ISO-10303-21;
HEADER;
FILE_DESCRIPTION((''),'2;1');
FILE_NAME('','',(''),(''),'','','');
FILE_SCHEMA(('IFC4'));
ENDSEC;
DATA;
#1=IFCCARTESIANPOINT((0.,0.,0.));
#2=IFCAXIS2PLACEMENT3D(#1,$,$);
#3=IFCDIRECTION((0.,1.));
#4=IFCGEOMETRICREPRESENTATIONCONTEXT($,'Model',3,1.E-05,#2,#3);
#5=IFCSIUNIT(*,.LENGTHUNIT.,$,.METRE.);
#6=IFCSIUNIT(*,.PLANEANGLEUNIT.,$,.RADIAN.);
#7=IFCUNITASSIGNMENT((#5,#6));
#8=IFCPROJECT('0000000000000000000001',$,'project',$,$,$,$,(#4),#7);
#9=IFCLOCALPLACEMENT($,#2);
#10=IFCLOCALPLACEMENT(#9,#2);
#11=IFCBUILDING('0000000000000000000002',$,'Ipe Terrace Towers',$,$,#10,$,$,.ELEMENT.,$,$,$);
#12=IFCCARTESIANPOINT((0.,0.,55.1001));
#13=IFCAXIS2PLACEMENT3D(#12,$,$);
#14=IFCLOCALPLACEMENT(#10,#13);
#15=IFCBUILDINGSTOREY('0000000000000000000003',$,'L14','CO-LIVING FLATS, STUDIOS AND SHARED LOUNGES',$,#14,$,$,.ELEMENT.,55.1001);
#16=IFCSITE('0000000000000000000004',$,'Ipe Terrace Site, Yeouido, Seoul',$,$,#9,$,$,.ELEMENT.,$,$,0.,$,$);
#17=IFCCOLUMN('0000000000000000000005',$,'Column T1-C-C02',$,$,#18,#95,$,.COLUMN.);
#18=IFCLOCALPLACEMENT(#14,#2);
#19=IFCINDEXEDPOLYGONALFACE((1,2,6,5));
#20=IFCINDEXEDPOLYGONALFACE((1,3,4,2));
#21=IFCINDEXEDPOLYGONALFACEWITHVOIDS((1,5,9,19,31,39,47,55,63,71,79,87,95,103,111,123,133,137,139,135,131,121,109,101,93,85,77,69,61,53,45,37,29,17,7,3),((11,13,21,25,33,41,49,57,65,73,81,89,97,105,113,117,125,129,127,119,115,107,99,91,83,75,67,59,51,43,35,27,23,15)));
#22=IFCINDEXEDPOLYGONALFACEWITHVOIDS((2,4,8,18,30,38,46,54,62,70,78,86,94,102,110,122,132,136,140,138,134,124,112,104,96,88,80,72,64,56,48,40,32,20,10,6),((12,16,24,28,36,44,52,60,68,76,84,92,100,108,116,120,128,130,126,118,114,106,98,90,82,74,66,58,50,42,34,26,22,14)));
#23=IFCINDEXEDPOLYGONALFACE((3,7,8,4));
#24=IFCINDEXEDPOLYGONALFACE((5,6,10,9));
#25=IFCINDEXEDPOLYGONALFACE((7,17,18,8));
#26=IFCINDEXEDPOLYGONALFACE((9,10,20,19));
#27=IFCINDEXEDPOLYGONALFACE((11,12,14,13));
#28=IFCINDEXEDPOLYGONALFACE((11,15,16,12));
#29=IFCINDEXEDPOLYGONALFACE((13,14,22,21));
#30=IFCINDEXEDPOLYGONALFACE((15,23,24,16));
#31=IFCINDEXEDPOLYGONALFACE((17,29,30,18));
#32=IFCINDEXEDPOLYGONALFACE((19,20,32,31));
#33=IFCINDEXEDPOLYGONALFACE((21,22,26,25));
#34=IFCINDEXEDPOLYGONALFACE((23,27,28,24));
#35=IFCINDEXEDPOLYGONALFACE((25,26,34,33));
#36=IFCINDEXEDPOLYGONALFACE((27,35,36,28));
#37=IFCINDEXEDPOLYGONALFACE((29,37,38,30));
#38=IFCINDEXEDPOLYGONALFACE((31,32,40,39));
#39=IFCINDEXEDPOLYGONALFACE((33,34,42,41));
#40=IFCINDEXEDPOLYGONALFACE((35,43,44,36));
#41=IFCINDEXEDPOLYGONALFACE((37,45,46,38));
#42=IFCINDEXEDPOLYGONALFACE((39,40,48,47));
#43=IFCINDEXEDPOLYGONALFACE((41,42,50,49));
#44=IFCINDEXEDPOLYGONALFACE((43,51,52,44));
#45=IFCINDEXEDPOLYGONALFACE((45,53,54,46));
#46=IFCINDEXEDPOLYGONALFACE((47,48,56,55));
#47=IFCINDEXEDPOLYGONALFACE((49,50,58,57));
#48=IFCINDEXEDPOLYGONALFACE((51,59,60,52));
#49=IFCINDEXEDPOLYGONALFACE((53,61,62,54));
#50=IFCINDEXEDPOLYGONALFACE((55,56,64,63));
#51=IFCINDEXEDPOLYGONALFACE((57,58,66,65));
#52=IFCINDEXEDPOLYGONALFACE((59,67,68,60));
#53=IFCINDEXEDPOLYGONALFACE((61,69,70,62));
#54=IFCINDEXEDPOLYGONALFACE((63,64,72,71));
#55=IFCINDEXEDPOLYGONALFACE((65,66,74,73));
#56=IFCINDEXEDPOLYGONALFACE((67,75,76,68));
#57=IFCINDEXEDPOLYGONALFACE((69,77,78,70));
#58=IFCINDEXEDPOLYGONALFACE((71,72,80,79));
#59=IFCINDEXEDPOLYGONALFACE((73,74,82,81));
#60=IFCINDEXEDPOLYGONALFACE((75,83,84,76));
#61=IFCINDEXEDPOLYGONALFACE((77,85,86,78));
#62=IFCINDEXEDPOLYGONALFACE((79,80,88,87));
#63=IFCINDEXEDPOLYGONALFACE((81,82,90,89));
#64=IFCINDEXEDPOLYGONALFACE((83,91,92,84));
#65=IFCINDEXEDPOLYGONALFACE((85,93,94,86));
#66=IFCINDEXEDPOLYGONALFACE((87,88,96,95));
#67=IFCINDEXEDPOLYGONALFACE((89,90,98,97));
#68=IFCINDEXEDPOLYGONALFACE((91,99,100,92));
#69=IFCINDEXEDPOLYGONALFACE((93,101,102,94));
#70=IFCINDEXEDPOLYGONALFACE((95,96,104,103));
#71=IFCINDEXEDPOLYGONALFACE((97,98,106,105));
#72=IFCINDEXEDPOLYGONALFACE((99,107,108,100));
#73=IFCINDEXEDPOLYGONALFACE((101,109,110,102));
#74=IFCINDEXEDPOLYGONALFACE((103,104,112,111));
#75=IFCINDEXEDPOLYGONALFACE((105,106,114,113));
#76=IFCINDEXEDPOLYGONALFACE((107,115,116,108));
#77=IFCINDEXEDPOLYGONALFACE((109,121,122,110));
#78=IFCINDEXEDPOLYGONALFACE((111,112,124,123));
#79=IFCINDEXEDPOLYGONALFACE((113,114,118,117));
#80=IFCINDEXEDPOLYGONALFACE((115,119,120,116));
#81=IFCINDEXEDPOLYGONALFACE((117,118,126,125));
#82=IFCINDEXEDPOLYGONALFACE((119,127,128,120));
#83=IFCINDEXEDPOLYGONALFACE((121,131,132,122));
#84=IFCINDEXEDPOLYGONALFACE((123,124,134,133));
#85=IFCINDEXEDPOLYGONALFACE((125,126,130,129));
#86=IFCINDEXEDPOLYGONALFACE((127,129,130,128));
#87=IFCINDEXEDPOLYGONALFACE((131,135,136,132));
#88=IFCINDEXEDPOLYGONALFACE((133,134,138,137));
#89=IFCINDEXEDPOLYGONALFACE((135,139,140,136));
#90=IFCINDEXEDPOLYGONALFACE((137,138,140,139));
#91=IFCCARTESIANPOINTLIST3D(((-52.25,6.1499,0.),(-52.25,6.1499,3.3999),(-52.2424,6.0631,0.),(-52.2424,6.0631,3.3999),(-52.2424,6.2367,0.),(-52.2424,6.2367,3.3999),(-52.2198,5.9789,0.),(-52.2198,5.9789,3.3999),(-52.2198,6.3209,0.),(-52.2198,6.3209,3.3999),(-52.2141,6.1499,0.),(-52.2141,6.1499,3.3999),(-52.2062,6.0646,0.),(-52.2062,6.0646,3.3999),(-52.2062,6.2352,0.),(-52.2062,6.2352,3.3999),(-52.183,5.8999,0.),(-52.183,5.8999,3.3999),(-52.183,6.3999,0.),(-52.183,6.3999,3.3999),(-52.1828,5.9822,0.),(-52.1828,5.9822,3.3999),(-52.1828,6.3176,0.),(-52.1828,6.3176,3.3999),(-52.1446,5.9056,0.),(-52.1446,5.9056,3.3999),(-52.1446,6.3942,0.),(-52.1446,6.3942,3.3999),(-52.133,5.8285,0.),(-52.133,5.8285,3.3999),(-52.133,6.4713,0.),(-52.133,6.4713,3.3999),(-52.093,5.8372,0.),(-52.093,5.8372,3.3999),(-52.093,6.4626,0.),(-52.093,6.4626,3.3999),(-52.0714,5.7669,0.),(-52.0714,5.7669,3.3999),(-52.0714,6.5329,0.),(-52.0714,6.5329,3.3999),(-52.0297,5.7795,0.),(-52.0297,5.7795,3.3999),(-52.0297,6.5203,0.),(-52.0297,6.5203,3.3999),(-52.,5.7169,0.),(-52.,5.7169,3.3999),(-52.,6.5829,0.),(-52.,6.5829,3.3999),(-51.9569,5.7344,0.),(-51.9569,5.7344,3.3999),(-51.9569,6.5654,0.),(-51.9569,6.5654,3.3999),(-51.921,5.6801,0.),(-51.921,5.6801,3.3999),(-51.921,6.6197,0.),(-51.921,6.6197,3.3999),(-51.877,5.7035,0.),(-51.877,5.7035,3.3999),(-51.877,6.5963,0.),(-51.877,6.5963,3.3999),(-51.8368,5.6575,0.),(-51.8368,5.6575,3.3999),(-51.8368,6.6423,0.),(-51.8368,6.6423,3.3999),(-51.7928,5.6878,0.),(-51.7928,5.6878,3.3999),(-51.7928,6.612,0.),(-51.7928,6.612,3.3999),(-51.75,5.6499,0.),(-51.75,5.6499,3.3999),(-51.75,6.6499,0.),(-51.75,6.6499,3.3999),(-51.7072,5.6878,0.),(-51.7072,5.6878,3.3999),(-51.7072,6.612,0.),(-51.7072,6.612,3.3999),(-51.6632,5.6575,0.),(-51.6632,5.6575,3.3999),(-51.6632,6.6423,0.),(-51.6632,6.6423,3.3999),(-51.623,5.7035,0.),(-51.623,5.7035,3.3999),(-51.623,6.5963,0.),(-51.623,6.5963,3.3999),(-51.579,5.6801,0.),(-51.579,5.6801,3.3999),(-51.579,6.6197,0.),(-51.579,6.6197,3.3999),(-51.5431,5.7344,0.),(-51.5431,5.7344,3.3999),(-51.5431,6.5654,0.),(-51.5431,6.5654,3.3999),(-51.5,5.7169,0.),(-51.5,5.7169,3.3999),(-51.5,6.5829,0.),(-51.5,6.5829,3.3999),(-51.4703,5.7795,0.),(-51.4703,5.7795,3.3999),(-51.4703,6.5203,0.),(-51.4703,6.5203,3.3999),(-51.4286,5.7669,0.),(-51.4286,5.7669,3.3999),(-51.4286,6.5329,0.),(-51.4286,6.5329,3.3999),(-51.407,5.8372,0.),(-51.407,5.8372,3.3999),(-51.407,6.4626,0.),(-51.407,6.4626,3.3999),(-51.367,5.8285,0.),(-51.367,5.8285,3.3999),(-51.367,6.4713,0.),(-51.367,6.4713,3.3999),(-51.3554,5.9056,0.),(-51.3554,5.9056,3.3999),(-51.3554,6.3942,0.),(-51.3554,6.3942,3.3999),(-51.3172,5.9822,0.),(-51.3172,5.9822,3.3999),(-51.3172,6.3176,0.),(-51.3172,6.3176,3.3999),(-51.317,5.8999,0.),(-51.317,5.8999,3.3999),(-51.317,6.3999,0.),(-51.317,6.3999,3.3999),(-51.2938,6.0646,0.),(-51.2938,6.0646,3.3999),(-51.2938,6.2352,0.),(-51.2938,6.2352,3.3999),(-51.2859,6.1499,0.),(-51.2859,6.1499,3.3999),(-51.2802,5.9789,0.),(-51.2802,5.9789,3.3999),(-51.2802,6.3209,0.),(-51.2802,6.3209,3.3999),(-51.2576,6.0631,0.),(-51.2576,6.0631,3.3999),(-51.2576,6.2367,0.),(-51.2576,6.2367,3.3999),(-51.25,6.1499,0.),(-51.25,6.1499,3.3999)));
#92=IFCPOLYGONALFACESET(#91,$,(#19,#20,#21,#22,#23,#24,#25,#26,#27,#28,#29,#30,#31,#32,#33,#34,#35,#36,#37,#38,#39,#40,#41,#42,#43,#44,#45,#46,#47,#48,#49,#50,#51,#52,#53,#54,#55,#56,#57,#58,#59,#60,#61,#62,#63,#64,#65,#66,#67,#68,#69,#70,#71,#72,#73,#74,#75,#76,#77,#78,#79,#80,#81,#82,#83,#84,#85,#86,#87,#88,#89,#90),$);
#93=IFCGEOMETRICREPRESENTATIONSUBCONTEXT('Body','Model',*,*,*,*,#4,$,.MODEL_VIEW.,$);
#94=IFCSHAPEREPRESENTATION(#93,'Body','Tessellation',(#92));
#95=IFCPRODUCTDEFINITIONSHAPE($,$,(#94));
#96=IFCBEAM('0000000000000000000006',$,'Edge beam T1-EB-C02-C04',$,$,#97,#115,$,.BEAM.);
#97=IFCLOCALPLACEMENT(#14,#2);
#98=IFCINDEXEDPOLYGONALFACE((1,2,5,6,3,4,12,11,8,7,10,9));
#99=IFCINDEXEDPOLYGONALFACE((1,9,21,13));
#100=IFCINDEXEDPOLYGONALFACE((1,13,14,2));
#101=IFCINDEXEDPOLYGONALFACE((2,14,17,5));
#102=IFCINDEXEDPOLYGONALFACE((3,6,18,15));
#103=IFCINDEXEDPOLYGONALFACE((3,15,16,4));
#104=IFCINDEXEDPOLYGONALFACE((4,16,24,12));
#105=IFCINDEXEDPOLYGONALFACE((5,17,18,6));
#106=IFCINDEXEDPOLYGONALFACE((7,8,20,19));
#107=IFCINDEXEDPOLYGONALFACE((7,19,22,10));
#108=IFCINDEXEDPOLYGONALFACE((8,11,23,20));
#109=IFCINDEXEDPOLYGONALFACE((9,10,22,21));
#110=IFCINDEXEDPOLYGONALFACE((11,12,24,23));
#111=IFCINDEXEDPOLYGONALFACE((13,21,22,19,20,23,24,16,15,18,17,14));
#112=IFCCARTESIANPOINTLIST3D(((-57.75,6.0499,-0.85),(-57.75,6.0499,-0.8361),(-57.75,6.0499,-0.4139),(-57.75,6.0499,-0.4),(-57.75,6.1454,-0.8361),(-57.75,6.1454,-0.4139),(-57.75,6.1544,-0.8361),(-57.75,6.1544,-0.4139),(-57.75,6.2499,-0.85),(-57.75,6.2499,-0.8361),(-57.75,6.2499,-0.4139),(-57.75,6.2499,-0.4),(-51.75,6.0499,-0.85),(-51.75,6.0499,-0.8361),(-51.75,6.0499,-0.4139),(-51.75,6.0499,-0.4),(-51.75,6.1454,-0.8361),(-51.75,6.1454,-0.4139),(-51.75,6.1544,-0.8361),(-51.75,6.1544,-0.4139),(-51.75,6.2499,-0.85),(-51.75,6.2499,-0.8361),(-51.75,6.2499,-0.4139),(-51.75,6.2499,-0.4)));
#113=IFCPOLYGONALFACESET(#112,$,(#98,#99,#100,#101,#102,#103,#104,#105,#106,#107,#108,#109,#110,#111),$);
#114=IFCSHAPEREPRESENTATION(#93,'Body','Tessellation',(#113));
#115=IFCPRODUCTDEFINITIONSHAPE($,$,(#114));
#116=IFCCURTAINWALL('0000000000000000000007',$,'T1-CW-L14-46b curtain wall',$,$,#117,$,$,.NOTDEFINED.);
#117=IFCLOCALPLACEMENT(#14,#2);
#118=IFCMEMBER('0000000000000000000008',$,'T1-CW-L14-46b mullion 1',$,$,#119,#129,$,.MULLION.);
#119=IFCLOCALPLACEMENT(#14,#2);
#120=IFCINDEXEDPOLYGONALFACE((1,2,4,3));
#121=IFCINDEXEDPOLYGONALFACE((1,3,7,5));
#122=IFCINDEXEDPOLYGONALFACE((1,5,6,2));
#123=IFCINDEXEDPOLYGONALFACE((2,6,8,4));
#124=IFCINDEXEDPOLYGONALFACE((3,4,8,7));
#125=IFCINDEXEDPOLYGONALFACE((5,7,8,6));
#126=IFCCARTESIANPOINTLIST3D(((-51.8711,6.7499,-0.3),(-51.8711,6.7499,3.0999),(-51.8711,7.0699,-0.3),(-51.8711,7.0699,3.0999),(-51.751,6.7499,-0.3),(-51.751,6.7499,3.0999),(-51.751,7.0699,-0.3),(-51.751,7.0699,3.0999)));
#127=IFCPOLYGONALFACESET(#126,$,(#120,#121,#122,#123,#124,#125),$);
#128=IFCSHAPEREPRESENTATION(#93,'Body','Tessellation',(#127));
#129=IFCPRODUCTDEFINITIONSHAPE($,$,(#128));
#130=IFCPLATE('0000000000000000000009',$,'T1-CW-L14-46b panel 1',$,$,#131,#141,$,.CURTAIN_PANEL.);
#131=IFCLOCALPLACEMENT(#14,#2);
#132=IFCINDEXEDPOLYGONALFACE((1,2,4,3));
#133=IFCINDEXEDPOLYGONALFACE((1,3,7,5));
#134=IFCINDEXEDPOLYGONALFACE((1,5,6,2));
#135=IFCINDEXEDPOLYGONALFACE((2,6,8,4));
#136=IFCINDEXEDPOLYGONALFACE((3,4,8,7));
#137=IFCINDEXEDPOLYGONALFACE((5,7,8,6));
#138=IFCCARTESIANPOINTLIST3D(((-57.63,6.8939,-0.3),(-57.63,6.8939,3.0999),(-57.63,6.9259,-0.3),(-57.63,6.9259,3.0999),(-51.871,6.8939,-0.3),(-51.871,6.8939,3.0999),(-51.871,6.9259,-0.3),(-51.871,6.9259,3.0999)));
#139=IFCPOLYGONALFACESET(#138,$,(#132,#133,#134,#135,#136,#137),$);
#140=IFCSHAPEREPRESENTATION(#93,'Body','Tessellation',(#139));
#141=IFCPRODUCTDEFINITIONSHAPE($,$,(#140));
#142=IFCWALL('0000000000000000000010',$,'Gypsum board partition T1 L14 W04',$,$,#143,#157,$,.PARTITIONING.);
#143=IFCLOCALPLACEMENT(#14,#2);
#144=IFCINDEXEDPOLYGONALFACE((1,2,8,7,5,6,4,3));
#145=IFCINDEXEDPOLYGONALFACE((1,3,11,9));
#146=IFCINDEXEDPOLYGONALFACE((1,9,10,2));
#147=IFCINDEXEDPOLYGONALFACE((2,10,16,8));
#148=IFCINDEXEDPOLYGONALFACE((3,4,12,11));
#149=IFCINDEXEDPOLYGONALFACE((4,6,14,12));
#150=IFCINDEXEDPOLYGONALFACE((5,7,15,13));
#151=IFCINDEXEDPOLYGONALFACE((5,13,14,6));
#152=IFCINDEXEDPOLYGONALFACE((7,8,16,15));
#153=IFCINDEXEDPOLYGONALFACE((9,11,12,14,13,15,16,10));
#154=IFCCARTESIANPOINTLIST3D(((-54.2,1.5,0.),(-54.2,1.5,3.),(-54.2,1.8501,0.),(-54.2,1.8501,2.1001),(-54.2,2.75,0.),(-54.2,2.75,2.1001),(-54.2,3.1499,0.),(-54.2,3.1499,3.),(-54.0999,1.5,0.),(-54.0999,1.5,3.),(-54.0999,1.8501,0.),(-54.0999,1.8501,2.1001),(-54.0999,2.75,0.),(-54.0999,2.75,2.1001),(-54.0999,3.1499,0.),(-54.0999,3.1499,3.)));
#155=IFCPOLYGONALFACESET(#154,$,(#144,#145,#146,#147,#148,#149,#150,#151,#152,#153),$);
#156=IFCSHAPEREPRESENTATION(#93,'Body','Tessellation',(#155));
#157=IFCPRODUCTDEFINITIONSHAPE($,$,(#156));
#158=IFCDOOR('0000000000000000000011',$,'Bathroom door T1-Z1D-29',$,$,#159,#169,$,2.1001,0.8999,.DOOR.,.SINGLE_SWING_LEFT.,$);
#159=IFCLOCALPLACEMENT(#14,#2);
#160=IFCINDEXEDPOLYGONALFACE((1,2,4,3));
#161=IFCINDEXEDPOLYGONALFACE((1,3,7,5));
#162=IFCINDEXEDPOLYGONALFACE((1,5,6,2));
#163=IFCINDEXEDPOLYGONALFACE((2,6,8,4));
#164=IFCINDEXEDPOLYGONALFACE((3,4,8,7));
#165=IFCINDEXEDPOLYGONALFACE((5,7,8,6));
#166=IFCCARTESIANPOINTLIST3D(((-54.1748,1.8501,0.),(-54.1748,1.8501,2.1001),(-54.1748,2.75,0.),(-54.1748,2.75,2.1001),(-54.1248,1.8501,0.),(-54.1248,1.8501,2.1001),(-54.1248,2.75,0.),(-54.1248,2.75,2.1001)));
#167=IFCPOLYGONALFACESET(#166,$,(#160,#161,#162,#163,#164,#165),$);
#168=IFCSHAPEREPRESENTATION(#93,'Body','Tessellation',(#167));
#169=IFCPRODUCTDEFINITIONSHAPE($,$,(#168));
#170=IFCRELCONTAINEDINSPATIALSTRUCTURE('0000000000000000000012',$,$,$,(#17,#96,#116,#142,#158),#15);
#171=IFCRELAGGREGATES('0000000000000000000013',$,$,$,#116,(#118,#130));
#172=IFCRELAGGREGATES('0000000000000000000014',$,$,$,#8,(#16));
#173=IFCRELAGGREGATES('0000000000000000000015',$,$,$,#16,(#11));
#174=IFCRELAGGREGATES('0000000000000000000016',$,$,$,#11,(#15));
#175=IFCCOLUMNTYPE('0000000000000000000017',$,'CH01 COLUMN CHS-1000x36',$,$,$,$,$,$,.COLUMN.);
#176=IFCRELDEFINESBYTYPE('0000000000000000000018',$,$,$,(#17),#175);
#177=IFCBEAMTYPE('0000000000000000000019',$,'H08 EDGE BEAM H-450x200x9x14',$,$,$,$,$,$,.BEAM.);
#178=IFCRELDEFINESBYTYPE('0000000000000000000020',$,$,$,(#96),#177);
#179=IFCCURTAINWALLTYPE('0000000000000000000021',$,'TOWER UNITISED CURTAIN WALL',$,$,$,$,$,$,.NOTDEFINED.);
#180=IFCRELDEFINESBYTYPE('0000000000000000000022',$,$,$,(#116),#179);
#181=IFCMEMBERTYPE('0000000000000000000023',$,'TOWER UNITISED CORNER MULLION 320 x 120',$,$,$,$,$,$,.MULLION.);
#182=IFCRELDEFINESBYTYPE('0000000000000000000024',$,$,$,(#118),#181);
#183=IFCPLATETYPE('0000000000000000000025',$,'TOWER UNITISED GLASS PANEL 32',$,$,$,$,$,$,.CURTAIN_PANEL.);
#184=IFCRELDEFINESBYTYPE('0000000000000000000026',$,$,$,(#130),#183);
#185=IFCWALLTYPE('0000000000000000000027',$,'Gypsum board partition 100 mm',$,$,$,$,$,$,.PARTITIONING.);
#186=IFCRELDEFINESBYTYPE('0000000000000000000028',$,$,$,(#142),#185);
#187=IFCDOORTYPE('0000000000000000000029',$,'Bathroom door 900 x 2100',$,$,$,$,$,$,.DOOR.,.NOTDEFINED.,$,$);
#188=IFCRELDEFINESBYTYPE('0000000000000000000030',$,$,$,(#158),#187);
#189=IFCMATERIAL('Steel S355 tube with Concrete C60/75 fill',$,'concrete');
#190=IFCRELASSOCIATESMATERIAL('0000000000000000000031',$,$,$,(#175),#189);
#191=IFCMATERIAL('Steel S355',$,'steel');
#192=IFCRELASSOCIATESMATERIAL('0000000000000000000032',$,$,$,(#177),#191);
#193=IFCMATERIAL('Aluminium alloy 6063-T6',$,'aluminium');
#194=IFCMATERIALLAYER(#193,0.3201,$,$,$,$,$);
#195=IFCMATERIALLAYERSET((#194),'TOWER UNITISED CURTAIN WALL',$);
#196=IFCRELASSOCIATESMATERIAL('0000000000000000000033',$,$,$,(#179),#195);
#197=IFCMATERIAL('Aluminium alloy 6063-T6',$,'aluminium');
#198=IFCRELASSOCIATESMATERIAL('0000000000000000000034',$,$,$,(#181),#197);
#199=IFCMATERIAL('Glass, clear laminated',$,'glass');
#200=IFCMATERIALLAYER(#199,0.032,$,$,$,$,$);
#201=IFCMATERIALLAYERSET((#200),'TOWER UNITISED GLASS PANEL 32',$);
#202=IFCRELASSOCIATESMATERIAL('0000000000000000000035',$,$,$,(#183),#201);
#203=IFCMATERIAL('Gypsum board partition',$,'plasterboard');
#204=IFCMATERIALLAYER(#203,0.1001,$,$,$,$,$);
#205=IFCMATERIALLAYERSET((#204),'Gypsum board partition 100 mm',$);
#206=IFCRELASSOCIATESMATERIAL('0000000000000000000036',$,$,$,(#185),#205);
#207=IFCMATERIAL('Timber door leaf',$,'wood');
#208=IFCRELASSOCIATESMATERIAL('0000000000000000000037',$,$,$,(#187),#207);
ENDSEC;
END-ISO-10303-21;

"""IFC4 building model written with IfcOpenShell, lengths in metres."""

from ifc_helpers import new_model, si_unit, direction, frame, frame_2d, origin, origin_2d, place, context, subcontext, project, spatial, rectangle, hollow_circle, i_section, extrude, material, layer, layer_set, material_profile, profile_set, type_object, element, fill, aggregate, save


model = new_model("IFC4")

# Units and contexts
model_context = context("Model", 3, precision=1e-05, world=origin(), true_north=direction((0.0, 1.0)))
body_context = subcontext(model_context, "Body", "Model", "MODEL_VIEW")
ifc_project = project(units=[si_unit("LENGTHUNIT", "METRE"), si_unit("PLANEANGLEUNIT", "RADIAN")], contexts=[model_context])

# Site, building, storey
site_placement = place(None, origin())
site = spatial("IfcSite", under=ifc_project, at=site_placement, Name="Ipe Terrace Site, Yeouido, Seoul", CompositionType="ELEMENT", RefElevation=0.0)
building_placement = place(site_placement, origin())
building = spatial("IfcBuilding", under=site, at=building_placement, Name="Ipe Terrace Towers", CompositionType="ELEMENT")
storey_placement = place(building_placement, frame((0.0, 0.0, 55.1001)))
storey = spatial("IfcBuildingStorey", under=building, at=storey_placement, Name="L14", Description="CO-LIVING FLATS, STUDIOS AND SHARED LOUNGES", CompositionType="ELEMENT", Elevation=55.1001)

# Column
ifc_material_1 = material(Name="Steel S355 tube with Concrete C60/75 fill", Category="concrete")
ifc_material_profile_1 = material_profile(ifc_material_1, hollow_circle(Radius=0.5, WallThickness=0.0359, at=origin_2d()), Name="CHS-1000x36")
ifc_profile_set_1 = profile_set([ifc_material_profile_1], Name="Steel S355 tube with Concrete C60/75 fill")
column_type = type_object("IfcColumnType", Name="CH01 COLUMN CHS-1000x36", PredefinedType="COLUMN", material=ifc_profile_set_1)
column_placement = place(storey_placement, frame((-51.75, 6.1499, 0.0), z_axis=(0.0, 0.0, 1.0), x_axis=(1.0, 0.0, 0.0)))
element("IfcColumn", 1, at=column_placement, inside=storey, type_object=column_type, Name="Column T1-C-C02", PredefinedType="COLUMN", context=body_context, shape_type="SweptSolid", body=[
    extrude(hollow_circle(Radius=0.5, WallThickness=0.0359, at=origin_2d()), origin(), (0.0, 0.0, 1.0), 3.3999),
])

# Beam
ifc_material_2 = material(Name="Steel S355", Category="steel")
ifc_material_profile_2 = material_profile(ifc_material_2, i_section(OverallWidth=0.2, OverallDepth=0.45, WebThickness=0.009, FlangeThickness=0.0139, at=origin_2d()), Name="H-450x200x9x14")
ifc_profile_set_2 = profile_set([ifc_material_profile_2], Name="Steel S355")
beam_type = type_object("IfcBeamType", Name="H08 EDGE BEAM H-450x200x9x14", PredefinedType="BEAM", material=ifc_profile_set_2)
beam_placement = place(storey_placement, frame((-51.75, 6.1499, -0.625), z_axis=(-1.0, 0.0, 0.0), x_axis=(0.0, -1.0, 0.0)))
element("IfcBeam", 2, at=beam_placement, inside=storey, type_object=beam_type, Name="Edge beam T1-EB-C02-C04", PredefinedType="BEAM", context=body_context, shape_type="SweptSolid", body=[
    extrude(i_section(OverallWidth=0.2, OverallDepth=0.45, WebThickness=0.009, FlangeThickness=0.0139, at=origin_2d()), origin(), (0.0, 0.0, 1.0), 6.0),
])

# Curtain wall, member, plate
ifc_material_3 = material(Name="Aluminium alloy 6063-T6", Category="aluminium")
ifc_layer_1 = layer(ifc_material_3, 0.3201)
ifc_layer_set_1 = layer_set([ifc_layer_1], Name="TOWER UNITISED CURTAIN WALL")
curtain_wall_type = type_object("IfcCurtainWallType", Name="TOWER UNITISED CURTAIN WALL", PredefinedType="NOTDEFINED", material=ifc_layer_set_1)
curtain_wall_placement = place(storey_placement, origin())
curtain_wall = element("IfcCurtainWall", 3, at=curtain_wall_placement, inside=storey, type_object=curtain_wall_type, Name="T1-CW-L14-46b curtain wall", PredefinedType="NOTDEFINED")
ifc_material_4 = material(Name="Aluminium alloy 6063-T6", Category="aluminium")
ifc_material_profile_3 = material_profile(ifc_material_4, rectangle(XDim=0.3201, YDim=0.1201, at=origin_2d()), Name="TOWER UNITISED CORNER MULLION 320 x 120")
ifc_profile_set_3 = profile_set([ifc_material_profile_3], Name="Aluminium alloy 6063-T6")
member_type = type_object("IfcMemberType", Name="TOWER UNITISED CORNER MULLION 320 x 120", PredefinedType="MULLION", material=ifc_profile_set_3)
member_placement = place(storey_placement, frame((-51.811, 6.9099, -0.3), z_axis=(0.0, 0.0, 1.0), x_axis=(0.0, 1.0, 0.0)))
member = element("IfcMember", 4, at=member_placement, type_object=member_type, Name="T1-CW-L14-46b mullion 1", PredefinedType="MULLION", context=body_context, shape_type="SweptSolid", body=[
    extrude(rectangle(XDim=0.3201, YDim=0.1201, at=origin_2d()), origin(), (0.0, 0.0, 1.0), 3.3999),
])
ifc_material_5 = material(Name="Glass, clear laminated", Category="glass")
ifc_layer_2 = layer(ifc_material_5, 0.032)
ifc_layer_set_2 = layer_set([ifc_layer_2], Name="TOWER UNITISED GLASS PANEL 32")
plate_type = type_object("IfcPlateType", Name="TOWER UNITISED GLASS PANEL 32", PredefinedType="CURTAIN_PANEL", material=ifc_layer_set_2)
plate_placement = place(storey_placement, frame((-54.7505, 6.9099, -0.3), z_axis=(0.0, 0.0, 1.0), x_axis=(-1.0, 0.0, 0.0)))
plate = element("IfcPlate", 5, at=plate_placement, type_object=plate_type, Name="T1-CW-L14-46b panel 1", PredefinedType="CURTAIN_PANEL", context=body_context, shape_type="SweptSolid", body=[
    extrude(rectangle(XDim=5.759, YDim=0.032, at=origin_2d()), origin(), (0.0, 0.0, 1.0), 3.3999),
])
aggregate(curtain_wall, [member, plate])

# Wall, opening, door
ifc_material_6 = material(Name="Gypsum board partition", Category="plasterboard")
ifc_layer_3 = layer(ifc_material_6, 0.1001)
ifc_layer_set_3 = layer_set([ifc_layer_3], Name="Gypsum board partition 100 mm")
wall_type_1 = type_object("IfcWallType", Name="Gypsum board partition 100 mm", PredefinedType="PARTITIONING", material=ifc_layer_set_3)
wall_1_placement = place(storey_placement, frame((-54.1499, 1.5, 0.0), z_axis=(0.0, 0.0, 1.0), x_axis=(0.0, 1.0, 0.0)))
wall_1 = element("IfcWall", 6, at=wall_1_placement, inside=storey, type_object=wall_type_1, Name="Gypsum board partition T1 L14 W04", PredefinedType="PARTITIONING", context=body_context, shape_type="SweptSolid", body=[
    extrude(rectangle(XDim=1.6499, YDim=0.1001, at=frame_2d((0.825, 0.0))), origin(), (0.0, 0.0, 1.0), 3.0),
])
opening_1_placement = place(wall_1_placement, frame((0.3501, 0.0, 0.0)))
opening_1 = element("IfcOpeningElement", 7, at=opening_1_placement, cuts=wall_1, PredefinedType="OPENING", context=body_context, shape_type="SweptSolid", body=[
    extrude(rectangle(XDim=0.8999, YDim=2.1001, at=frame_2d((0.45, 1.05))), frame((0.0, 0.0601, 0.0), z_axis=(0.0, -1.0, 0.0), x_axis=(1.0, 0.0, 0.0)), (0.0, 0.0, 1.0), 0.1201),
])
ifc_material_7 = material(Name="Timber door leaf", Category="wood")
door_type_1 = type_object("IfcDoorType", Name="Bathroom door 900 x 2100", OperationType="NOTDEFINED", PredefinedType="DOOR", material=ifc_material_7)
door_1_placement = place(opening_1_placement, origin())
door_1 = element("IfcDoor", 8, at=door_1_placement, inside=storey, type_object=door_type_1, Name="Bathroom door T1-Z1D-29", OperationType="SINGLE_SWING_LEFT", OverallHeight=2.1001, OverallWidth=0.8999, PredefinedType="DOOR", context=body_context, shape_type="SweptSolid", body=[
    extrude(rectangle(XDim=0.8999, YDim=2.1001, at=frame_2d((0.45, 1.05))), frame((0.0, 0.0249, 0.0), z_axis=(0.0, -1.0, 0.0), x_axis=(1.0, 0.0, 0.0)), (0.0, 0.0, 1.0), 0.05),
])
fill(opening_1, door_1)

save(model, "model.ifc")
